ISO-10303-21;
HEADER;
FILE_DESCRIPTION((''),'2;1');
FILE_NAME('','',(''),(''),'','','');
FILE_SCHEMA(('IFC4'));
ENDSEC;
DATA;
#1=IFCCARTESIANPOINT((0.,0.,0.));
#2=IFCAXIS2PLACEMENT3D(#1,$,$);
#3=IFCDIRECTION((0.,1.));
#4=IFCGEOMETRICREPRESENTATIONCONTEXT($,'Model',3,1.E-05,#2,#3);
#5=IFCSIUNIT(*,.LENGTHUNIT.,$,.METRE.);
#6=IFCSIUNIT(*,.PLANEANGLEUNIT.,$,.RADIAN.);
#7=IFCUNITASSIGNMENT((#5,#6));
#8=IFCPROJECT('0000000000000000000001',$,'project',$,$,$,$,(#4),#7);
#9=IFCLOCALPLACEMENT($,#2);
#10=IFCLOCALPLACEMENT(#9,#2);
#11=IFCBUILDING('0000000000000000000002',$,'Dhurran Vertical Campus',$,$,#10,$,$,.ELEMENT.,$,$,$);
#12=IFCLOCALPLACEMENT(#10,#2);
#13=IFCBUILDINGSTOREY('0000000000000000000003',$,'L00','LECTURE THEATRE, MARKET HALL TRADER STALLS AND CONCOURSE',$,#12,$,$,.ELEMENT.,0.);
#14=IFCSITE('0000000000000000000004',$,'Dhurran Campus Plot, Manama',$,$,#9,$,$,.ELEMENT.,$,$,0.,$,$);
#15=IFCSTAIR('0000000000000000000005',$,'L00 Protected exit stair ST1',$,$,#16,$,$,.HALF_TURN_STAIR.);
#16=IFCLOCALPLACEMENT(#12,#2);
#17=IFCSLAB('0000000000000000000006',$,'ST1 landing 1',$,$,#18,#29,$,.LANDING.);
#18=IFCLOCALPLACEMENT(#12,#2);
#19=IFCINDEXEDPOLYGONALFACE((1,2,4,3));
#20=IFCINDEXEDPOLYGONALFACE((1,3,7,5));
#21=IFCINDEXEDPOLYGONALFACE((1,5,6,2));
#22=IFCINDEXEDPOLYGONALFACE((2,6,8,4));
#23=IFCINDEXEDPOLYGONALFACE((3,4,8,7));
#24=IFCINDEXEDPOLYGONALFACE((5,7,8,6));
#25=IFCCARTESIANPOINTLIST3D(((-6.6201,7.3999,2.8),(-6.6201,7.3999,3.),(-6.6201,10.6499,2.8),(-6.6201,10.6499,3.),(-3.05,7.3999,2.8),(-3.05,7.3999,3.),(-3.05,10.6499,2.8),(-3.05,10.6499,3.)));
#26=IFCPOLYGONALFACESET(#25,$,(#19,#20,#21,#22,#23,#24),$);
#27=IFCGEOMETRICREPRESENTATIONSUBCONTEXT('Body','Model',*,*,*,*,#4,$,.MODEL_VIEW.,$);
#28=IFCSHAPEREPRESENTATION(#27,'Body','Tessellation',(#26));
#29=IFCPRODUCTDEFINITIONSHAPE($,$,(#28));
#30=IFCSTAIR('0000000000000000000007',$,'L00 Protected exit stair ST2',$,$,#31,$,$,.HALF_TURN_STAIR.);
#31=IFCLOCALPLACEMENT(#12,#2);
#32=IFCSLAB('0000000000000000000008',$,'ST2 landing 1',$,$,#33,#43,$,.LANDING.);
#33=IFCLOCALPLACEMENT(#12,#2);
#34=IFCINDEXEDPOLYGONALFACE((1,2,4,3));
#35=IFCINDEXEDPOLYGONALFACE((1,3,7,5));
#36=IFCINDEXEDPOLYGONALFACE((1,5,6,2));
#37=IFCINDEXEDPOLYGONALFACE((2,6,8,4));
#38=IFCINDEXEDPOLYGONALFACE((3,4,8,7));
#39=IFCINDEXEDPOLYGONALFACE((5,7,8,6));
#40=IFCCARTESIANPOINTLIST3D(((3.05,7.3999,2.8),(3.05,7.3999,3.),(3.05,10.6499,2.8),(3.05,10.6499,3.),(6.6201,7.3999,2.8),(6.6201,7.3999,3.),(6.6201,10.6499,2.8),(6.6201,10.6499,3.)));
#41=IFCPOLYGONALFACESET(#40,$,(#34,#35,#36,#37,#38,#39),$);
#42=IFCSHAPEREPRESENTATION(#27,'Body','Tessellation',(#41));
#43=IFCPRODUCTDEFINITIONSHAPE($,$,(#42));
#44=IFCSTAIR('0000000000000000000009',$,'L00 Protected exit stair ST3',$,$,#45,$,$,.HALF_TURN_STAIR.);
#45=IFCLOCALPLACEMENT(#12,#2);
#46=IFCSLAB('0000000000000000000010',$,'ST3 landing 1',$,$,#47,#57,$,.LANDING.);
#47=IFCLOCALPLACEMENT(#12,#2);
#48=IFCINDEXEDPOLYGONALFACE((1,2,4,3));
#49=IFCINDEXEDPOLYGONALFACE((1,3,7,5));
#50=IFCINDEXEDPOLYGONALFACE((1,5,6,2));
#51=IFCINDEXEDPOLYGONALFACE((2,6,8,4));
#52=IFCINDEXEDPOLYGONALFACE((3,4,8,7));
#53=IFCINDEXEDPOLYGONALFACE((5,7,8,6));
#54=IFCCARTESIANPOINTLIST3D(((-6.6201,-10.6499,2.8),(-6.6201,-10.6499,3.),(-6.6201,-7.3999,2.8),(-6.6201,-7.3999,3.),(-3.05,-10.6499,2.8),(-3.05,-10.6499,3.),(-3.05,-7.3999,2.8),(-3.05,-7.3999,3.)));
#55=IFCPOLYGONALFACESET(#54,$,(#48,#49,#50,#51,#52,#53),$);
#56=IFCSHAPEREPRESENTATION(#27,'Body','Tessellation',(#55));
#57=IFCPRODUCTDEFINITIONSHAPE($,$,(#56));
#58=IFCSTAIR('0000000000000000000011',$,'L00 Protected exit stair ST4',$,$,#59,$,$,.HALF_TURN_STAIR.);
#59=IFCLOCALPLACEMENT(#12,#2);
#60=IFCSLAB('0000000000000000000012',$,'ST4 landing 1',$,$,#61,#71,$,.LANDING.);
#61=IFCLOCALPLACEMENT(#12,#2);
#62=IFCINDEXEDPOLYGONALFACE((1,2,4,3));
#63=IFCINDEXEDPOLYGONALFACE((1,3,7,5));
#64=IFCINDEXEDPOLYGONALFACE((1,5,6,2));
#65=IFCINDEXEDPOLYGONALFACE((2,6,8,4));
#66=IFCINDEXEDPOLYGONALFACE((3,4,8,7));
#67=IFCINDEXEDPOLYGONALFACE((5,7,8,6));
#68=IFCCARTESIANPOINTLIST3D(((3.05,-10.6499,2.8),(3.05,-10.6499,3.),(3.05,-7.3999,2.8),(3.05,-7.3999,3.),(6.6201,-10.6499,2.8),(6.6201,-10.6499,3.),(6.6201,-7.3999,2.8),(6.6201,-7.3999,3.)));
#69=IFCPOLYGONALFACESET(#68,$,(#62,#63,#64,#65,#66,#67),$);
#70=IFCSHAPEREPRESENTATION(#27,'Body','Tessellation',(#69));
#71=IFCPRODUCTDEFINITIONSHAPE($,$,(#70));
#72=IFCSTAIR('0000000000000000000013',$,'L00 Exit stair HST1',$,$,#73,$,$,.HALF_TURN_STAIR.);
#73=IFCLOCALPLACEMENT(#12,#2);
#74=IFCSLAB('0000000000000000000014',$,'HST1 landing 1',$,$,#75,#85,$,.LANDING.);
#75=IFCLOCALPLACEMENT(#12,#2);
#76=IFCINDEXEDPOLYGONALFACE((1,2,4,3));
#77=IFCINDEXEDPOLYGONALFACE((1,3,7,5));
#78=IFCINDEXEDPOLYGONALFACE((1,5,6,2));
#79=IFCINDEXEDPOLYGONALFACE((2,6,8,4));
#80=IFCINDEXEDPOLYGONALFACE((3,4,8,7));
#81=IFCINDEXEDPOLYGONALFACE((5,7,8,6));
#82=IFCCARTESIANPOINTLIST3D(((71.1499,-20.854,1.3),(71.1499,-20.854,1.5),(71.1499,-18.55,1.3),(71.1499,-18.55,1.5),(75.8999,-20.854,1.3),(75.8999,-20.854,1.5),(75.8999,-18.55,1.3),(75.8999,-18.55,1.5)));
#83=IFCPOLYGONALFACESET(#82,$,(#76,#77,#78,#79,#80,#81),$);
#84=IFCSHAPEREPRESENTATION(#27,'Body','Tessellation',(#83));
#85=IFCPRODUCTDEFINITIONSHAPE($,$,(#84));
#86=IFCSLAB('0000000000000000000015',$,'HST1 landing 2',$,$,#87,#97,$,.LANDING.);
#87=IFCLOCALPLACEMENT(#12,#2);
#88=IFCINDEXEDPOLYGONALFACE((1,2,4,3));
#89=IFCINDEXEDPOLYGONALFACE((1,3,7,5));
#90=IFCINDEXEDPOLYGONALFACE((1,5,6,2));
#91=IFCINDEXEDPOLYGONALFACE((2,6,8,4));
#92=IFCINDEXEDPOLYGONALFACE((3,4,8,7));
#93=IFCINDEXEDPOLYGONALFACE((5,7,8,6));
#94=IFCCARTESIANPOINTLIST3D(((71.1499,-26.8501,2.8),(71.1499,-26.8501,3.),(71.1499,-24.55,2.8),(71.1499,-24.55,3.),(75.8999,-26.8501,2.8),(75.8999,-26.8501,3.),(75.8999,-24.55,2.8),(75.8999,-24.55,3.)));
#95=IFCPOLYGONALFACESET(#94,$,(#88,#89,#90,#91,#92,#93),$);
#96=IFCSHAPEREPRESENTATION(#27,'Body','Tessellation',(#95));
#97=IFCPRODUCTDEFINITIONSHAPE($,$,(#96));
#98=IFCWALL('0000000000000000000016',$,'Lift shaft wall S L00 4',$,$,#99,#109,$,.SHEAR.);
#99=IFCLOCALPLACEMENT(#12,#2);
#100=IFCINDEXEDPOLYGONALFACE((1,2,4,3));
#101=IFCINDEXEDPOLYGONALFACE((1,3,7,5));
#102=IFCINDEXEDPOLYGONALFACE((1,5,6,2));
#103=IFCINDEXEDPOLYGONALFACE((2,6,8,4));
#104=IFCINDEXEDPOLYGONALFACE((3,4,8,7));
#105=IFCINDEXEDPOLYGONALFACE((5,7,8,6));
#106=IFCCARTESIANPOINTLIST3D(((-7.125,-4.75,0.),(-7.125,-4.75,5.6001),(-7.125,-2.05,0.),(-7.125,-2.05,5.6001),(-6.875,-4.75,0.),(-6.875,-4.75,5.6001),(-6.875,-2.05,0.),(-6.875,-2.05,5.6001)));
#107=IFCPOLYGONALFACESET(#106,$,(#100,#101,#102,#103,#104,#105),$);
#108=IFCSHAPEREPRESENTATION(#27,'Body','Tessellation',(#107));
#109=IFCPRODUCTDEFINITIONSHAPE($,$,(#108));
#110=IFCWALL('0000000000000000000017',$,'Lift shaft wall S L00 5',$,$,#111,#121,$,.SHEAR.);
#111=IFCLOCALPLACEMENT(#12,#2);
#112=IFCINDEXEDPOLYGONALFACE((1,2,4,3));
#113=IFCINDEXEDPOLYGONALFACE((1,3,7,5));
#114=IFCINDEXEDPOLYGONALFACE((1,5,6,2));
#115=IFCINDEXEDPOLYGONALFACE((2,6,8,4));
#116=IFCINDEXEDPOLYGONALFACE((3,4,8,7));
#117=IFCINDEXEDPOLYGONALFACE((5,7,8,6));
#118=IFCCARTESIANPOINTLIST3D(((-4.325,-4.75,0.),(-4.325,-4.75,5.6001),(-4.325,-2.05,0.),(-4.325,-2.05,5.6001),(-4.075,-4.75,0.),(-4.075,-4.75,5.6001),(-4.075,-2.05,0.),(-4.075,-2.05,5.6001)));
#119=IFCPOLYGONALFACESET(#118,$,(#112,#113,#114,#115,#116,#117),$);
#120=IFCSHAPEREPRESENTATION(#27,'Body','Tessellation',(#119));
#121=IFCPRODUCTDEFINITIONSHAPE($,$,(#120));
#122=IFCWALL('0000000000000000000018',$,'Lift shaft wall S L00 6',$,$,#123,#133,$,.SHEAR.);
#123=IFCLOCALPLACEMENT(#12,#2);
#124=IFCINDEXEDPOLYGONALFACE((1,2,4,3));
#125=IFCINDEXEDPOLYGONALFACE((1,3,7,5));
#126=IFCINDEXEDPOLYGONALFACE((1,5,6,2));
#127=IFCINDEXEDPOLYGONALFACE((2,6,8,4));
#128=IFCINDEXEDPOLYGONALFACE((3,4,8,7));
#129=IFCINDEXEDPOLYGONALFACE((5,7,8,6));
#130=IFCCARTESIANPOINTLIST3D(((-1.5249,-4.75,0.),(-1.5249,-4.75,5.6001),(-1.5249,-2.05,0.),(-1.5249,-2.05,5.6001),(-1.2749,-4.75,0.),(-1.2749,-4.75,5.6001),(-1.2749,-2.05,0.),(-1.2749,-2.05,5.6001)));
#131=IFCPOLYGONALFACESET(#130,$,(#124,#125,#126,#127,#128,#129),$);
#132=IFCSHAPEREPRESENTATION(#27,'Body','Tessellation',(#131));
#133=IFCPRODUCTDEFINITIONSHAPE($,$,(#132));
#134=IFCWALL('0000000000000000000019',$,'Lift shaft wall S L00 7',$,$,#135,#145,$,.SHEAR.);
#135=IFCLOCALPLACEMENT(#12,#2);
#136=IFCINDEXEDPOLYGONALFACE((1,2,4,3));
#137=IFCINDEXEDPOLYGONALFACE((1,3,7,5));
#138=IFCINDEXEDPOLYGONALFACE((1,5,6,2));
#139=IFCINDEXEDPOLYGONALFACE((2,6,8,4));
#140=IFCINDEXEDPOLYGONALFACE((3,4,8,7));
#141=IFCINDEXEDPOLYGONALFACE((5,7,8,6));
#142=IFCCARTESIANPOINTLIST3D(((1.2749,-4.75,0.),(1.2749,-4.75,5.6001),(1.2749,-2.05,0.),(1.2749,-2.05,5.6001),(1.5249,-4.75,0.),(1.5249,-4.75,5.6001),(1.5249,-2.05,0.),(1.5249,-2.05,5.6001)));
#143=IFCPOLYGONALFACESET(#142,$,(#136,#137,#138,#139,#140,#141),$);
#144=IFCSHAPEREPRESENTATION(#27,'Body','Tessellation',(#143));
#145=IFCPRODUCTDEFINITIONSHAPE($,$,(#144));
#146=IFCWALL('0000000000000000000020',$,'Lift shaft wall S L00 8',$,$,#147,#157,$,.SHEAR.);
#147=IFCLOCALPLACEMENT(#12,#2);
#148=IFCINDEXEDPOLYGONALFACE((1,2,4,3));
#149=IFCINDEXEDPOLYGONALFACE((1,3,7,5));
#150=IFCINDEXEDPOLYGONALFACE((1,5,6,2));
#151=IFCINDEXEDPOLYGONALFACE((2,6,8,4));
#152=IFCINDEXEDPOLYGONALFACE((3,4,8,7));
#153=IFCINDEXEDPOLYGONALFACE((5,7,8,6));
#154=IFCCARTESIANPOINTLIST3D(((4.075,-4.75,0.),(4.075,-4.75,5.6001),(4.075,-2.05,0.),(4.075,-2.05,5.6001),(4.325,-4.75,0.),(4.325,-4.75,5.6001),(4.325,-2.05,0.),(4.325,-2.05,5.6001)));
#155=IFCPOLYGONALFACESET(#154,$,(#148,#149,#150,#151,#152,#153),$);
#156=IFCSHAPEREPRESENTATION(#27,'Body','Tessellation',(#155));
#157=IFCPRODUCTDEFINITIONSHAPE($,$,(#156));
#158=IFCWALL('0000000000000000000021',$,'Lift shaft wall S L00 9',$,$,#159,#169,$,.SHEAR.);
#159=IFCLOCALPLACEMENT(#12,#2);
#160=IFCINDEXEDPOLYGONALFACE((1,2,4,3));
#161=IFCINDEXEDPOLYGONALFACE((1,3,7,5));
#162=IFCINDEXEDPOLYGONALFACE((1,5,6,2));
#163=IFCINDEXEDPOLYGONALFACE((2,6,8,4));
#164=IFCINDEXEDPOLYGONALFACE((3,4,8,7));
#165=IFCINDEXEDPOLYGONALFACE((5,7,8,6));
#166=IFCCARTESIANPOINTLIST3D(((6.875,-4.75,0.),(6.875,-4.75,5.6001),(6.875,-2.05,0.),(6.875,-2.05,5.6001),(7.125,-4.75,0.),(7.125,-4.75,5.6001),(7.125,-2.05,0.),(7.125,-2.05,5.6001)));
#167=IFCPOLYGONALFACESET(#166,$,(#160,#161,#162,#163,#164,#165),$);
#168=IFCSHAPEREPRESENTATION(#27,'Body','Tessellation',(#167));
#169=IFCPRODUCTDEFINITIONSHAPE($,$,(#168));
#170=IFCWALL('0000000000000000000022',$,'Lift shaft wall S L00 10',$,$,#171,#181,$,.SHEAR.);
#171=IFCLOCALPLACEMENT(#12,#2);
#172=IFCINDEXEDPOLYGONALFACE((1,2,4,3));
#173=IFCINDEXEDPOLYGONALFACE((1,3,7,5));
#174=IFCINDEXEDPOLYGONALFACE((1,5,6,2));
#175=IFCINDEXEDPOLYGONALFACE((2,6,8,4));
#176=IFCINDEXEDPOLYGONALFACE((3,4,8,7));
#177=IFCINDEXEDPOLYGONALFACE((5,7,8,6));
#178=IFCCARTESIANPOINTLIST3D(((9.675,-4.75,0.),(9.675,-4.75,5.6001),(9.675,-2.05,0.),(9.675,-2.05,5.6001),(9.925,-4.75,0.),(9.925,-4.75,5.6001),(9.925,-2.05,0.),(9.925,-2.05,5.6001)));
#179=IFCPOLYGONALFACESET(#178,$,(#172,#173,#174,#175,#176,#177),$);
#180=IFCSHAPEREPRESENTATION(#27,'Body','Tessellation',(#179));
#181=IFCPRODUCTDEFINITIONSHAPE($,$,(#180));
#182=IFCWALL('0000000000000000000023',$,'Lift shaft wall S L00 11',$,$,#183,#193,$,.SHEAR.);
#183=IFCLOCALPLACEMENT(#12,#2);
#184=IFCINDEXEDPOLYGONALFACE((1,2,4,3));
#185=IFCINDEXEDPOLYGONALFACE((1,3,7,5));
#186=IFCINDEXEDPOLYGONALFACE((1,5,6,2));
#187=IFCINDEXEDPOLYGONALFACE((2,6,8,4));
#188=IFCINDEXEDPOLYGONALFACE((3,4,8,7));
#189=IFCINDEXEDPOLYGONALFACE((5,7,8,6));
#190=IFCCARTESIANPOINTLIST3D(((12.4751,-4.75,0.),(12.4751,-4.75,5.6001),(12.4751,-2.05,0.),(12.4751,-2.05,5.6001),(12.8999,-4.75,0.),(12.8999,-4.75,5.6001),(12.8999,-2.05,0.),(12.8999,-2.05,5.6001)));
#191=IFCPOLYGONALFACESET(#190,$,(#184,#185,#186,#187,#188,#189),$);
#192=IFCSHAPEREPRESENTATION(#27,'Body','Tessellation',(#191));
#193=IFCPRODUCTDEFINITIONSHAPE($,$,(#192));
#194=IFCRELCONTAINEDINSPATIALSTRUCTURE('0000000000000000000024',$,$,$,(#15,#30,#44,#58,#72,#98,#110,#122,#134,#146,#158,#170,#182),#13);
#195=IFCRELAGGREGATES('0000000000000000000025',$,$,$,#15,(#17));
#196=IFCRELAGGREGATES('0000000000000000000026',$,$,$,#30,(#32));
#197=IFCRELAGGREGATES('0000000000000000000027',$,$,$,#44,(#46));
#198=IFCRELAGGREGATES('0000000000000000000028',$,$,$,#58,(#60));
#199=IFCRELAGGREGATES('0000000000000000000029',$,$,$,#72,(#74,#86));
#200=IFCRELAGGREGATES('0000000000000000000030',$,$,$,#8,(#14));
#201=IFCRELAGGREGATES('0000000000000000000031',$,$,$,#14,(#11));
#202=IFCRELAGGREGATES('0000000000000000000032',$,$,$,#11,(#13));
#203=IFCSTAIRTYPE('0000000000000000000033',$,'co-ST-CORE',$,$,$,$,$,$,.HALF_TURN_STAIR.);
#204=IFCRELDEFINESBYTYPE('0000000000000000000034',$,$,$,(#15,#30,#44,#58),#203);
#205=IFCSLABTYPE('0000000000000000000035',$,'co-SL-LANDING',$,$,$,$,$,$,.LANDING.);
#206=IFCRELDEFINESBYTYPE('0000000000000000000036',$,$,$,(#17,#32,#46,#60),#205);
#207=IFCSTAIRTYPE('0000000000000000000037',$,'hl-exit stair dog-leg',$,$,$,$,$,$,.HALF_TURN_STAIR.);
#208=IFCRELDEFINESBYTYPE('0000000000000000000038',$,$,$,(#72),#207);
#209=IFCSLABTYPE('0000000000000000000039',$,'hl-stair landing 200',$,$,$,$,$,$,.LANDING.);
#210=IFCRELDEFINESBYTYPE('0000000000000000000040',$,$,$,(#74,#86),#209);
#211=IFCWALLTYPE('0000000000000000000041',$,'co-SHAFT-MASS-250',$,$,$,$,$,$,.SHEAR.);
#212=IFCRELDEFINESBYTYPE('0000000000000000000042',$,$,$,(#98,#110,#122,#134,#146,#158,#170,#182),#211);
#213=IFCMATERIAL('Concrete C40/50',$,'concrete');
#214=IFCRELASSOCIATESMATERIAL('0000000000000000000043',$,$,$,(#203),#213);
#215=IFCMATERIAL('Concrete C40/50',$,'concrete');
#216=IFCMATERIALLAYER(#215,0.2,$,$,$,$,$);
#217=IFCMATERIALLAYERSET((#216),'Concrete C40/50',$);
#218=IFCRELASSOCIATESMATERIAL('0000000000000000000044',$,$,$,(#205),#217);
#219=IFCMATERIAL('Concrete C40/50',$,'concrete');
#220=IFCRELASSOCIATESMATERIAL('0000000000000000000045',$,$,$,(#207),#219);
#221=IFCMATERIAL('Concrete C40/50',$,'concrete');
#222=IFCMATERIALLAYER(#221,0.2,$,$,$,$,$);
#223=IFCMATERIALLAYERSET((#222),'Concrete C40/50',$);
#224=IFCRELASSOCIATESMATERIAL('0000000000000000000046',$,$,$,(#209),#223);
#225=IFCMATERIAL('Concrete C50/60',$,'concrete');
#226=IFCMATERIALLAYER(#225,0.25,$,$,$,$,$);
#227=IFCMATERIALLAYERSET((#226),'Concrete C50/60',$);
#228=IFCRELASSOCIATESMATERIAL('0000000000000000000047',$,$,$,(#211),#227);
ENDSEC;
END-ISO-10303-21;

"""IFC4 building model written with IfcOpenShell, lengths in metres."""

from ifc_helpers import new_model, si_unit, direction, frame, origin, place, context, subcontext, project, spatial, polyline, outline, extrude, material, layer, layer_set, type_object, element, aggregate, save


model = new_model("IFC4")

# Units and contexts
model_context = context("Model", 3, precision=1e-05, world=origin(), true_north=direction((0.0, 1.0)))
body_context = subcontext(model_context, "Body", "Model", "MODEL_VIEW")
ifc_project = project(units=[si_unit("LENGTHUNIT", "METRE"), si_unit("PLANEANGLEUNIT", "RADIAN")], contexts=[model_context])

# Site, building, storey
site_placement = place(None, origin())
site = spatial("IfcSite", under=ifc_project, at=site_placement, Name="Dhurran Campus Plot, Manama", CompositionType="ELEMENT", RefElevation=0.0)
building_placement = place(site_placement, origin())
building = spatial("IfcBuilding", under=site, at=building_placement, Name="Dhurran Vertical Campus", CompositionType="ELEMENT")
storey_placement = place(building_placement, origin())
storey = spatial("IfcBuildingStorey", under=building, at=storey_placement, Name="L00", Description="LECTURE THEATRE, MARKET HALL TRADER STALLS AND CONCOURSE", CompositionType="ELEMENT", Elevation=0.0)

# Stairs, slabs
ifc_material_1 = material(Name="Concrete C40/50", Category="concrete")
stair_type_1 = type_object("IfcStairType", Name="co-ST-CORE", PredefinedType="HALF_TURN_STAIR", material=ifc_material_1)
stair_1_placement = place(storey_placement, origin())
stair_1 = element("IfcStair", 1, at=stair_1_placement, inside=storey, type_object=stair_type_1, Name="L00 Protected exit stair ST1", PredefinedType="HALF_TURN_STAIR")
ifc_material_2 = material(Name="Concrete C40/50", Category="concrete")
ifc_layer_1 = layer(ifc_material_2, 0.2)
ifc_layer_set_1 = layer_set([ifc_layer_1], Name="Concrete C40/50")
slab_type_1 = type_object("IfcSlabType", Name="co-SL-LANDING", PredefinedType="LANDING", material=ifc_layer_set_1)
slab_1_placement = place(storey_placement, frame((0.0, 0.0, 2.8)))
slab_1 = element("IfcSlab", 2, at=slab_1_placement, type_object=slab_type_1, Name="ST1 landing 1", PredefinedType="LANDING", context=body_context, shape_type="SweptSolid", body=[
    extrude(outline(polyline([(-6.6201, 7.3999), (-3.05, 7.3999), (-3.05, 10.6499), (-6.6201, 10.6499), (-6.6201, 7.3999)])), origin(), (0.0, 0.0, 1.0), 0.2),
])
aggregate(stair_1, [slab_1])
stair_2_placement = place(storey_placement, origin())
stair_2 = element("IfcStair", 3, at=stair_2_placement, inside=storey, type_object=stair_type_1, Name="L00 Protected exit stair ST2", PredefinedType="HALF_TURN_STAIR")
slab_2_placement = place(storey_placement, frame((0.0, 0.0, 2.8)))
slab_2 = element("IfcSlab", 4, at=slab_2_placement, type_object=slab_type_1, Name="ST2 landing 1", PredefinedType="LANDING", context=body_context, shape_type="SweptSolid", body=[
    extrude(outline(polyline([(6.6201, 10.6499), (3.05, 10.6499), (3.05, 7.3999), (6.6201, 7.3999), (6.6201, 10.6499)])), origin(), (0.0, 0.0, 1.0), 0.2),
])
aggregate(stair_2, [slab_2])
stair_3_placement = place(storey_placement, origin())
stair_3 = element("IfcStair", 5, at=stair_3_placement, inside=storey, type_object=stair_type_1, Name="L00 Protected exit stair ST3", PredefinedType="HALF_TURN_STAIR")
slab_3_placement = place(storey_placement, frame((0.0, 0.0, 2.8)))
slab_3 = element("IfcSlab", 6, at=slab_3_placement, type_object=slab_type_1, Name="ST3 landing 1", PredefinedType="LANDING", context=body_context, shape_type="SweptSolid", body=[
    extrude(outline(polyline([(-6.6201, -10.6499), (-3.05, -10.6499), (-3.05, -7.3999), (-6.6201, -7.3999), (-6.6201, -10.6499)])), origin(), (0.0, 0.0, 1.0), 0.2),
])
aggregate(stair_3, [slab_3])
stair_4_placement = place(storey_placement, origin())
stair_4 = element("IfcStair", 7, at=stair_4_placement, inside=storey, type_object=stair_type_1, Name="L00 Protected exit stair ST4", PredefinedType="HALF_TURN_STAIR")
slab_4_placement = place(storey_placement, frame((0.0, 0.0, 2.8)))
slab_4 = element("IfcSlab", 8, at=slab_4_placement, type_object=slab_type_1, Name="ST4 landing 1", PredefinedType="LANDING", context=body_context, shape_type="SweptSolid", body=[
    extrude(outline(polyline([(6.6201, -7.3999), (3.05, -7.3999), (3.05, -10.6499), (6.6201, -10.6499), (6.6201, -7.3999)])), origin(), (0.0, 0.0, 1.0), 0.2),
])
aggregate(stair_4, [slab_4])

# Stair, slabs
ifc_material_3 = material(Name="Concrete C40/50", Category="concrete")
stair_type_2 = type_object("IfcStairType", Name="hl-exit stair dog-leg", PredefinedType="HALF_TURN_STAIR", material=ifc_material_3)
stair_5_placement = place(storey_placement, origin())
stair_5 = element("IfcStair", 9, at=stair_5_placement, inside=storey, type_object=stair_type_2, Name="L00 Exit stair HST1", PredefinedType="HALF_TURN_STAIR")
ifc_material_4 = material(Name="Concrete C40/50", Category="concrete")
ifc_layer_2 = layer(ifc_material_4, 0.2)
ifc_layer_set_2 = layer_set([ifc_layer_2], Name="Concrete C40/50")
slab_type_2 = type_object("IfcSlabType", Name="hl-stair landing 200", PredefinedType="LANDING", material=ifc_layer_set_2)
slab_5_placement = place(storey_placement, frame((0.0, 0.0, 1.3)))
slab_5 = element("IfcSlab", 10, at=slab_5_placement, type_object=slab_type_2, Name="HST1 landing 1", PredefinedType="LANDING", context=body_context, shape_type="SweptSolid", body=[
    extrude(outline(polyline([(75.8999, -20.854), (75.8999, -18.55), (71.1499, -18.55), (71.1499, -20.854), (75.8999, -20.854)])), origin(), (0.0, 0.0, 1.0), 0.2),
])
slab_6_placement = place(storey_placement, frame((0.0, 0.0, 2.8)))
slab_6 = element("IfcSlab", 11, at=slab_6_placement, type_object=slab_type_2, Name="HST1 landing 2", PredefinedType="LANDING", context=body_context, shape_type="SweptSolid", body=[
    extrude(outline(polyline([(75.8999, -26.8501), (75.8999, -24.55), (71.1499, -24.55), (71.1499, -26.8501), (75.8999, -26.8501)])), origin(), (0.0, 0.0, 1.0), 0.2),
])
aggregate(stair_5, [slab_5, slab_6])

# Walls
ifc_material_5 = material(Name="Concrete C50/60", Category="concrete")
ifc_layer_3 = layer(ifc_material_5, 0.25)
ifc_layer_set_3 = layer_set([ifc_layer_3], Name="Concrete C50/60")
wall_type = type_object("IfcWallType", Name="co-SHAFT-MASS-250", PredefinedType="SHEAR", material=ifc_layer_set_3)
wall_1_placement = place(storey_placement, origin())
element("IfcWall", 12, at=wall_1_placement, inside=storey, type_object=wall_type, Name="Lift shaft wall S L00 4", PredefinedType="SHEAR", context=body_context, shape_type="SweptSolid", body=[
    extrude(outline(polyline([(-7.125, -4.75), (-6.875, -4.75), (-6.875, -2.05), (-7.125, -2.05), (-7.125, -4.75)])), origin(), (0.0, 0.0, 1.0), 5.6001),
])
wall_2_placement = place(storey_placement, origin())
element("IfcWall", 13, at=wall_2_placement, inside=storey, type_object=wall_type, Name="Lift shaft wall S L00 5", PredefinedType="SHEAR", context=body_context, shape_type="SweptSolid", body=[
    extrude(outline(polyline([(-4.325, -4.75), (-4.075, -4.75), (-4.075, -2.05), (-4.325, -2.05), (-4.325, -4.75)])), origin(), (0.0, 0.0, 1.0), 5.6001),
])
wall_3_placement = place(storey_placement, origin())
element("IfcWall", 14, at=wall_3_placement, inside=storey, type_object=wall_type, Name="Lift shaft wall S L00 6", PredefinedType="SHEAR", context=body_context, shape_type="SweptSolid", body=[
    extrude(outline(polyline([(-1.5249, -4.75), (-1.2749, -4.75), (-1.2749, -2.05), (-1.5249, -2.05), (-1.5249, -4.75)])), origin(), (0.0, 0.0, 1.0), 5.6001),
])
wall_4_placement = place(storey_placement, origin())
element("IfcWall", 15, at=wall_4_placement, inside=storey, type_object=wall_type, Name="Lift shaft wall S L00 7", PredefinedType="SHEAR", context=body_context, shape_type="SweptSolid", body=[
    extrude(outline(polyline([(1.2749, -4.75), (1.5249, -4.75), (1.5249, -2.05), (1.2749, -2.05), (1.2749, -4.75)])), origin(), (0.0, 0.0, 1.0), 5.6001),
])
wall_5_placement = place(storey_placement, origin())
element("IfcWall", 16, at=wall_5_placement, inside=storey, type_object=wall_type, Name="Lift shaft wall S L00 8", PredefinedType="SHEAR", context=body_context, shape_type="SweptSolid", body=[
    extrude(outline(polyline([(4.075, -4.75), (4.325, -4.75), (4.325, -2.05), (4.075, -2.05), (4.075, -4.75)])), origin(), (0.0, 0.0, 1.0), 5.6001),
])
wall_6_placement = place(storey_placement, origin())
element("IfcWall", 17, at=wall_6_placement, inside=storey, type_object=wall_type, Name="Lift shaft wall S L00 9", PredefinedType="SHEAR", context=body_context, shape_type="SweptSolid", body=[
    extrude(outline(polyline([(6.875, -4.75), (7.125, -4.75), (7.125, -2.05), (6.875, -2.05), (6.875, -4.75)])), origin(), (0.0, 0.0, 1.0), 5.6001),
])
wall_7_placement = place(storey_placement, origin())
element("IfcWall", 18, at=wall_7_placement, inside=storey, type_object=wall_type, Name="Lift shaft wall S L00 10", PredefinedType="SHEAR", context=body_context, shape_type="SweptSolid", body=[
    extrude(outline(polyline([(9.675, -4.75), (9.925, -4.75), (9.925, -2.05), (9.675, -2.05), (9.675, -4.75)])), origin(), (0.0, 0.0, 1.0), 5.6001),
])
wall_8_placement = place(storey_placement, origin())
element("IfcWall", 19, at=wall_8_placement, inside=storey, type_object=wall_type, Name="Lift shaft wall S L00 11", PredefinedType="SHEAR", context=body_context, shape_type="SweptSolid", body=[
    extrude(outline(polyline([(12.4751, -4.75), (12.8999, -4.75), (12.8999, -2.05), (12.4751, -2.05), (12.4751, -4.75)])), origin(), (0.0, 0.0, 1.0), 5.6001),
])

save(model, "model.ifc")
